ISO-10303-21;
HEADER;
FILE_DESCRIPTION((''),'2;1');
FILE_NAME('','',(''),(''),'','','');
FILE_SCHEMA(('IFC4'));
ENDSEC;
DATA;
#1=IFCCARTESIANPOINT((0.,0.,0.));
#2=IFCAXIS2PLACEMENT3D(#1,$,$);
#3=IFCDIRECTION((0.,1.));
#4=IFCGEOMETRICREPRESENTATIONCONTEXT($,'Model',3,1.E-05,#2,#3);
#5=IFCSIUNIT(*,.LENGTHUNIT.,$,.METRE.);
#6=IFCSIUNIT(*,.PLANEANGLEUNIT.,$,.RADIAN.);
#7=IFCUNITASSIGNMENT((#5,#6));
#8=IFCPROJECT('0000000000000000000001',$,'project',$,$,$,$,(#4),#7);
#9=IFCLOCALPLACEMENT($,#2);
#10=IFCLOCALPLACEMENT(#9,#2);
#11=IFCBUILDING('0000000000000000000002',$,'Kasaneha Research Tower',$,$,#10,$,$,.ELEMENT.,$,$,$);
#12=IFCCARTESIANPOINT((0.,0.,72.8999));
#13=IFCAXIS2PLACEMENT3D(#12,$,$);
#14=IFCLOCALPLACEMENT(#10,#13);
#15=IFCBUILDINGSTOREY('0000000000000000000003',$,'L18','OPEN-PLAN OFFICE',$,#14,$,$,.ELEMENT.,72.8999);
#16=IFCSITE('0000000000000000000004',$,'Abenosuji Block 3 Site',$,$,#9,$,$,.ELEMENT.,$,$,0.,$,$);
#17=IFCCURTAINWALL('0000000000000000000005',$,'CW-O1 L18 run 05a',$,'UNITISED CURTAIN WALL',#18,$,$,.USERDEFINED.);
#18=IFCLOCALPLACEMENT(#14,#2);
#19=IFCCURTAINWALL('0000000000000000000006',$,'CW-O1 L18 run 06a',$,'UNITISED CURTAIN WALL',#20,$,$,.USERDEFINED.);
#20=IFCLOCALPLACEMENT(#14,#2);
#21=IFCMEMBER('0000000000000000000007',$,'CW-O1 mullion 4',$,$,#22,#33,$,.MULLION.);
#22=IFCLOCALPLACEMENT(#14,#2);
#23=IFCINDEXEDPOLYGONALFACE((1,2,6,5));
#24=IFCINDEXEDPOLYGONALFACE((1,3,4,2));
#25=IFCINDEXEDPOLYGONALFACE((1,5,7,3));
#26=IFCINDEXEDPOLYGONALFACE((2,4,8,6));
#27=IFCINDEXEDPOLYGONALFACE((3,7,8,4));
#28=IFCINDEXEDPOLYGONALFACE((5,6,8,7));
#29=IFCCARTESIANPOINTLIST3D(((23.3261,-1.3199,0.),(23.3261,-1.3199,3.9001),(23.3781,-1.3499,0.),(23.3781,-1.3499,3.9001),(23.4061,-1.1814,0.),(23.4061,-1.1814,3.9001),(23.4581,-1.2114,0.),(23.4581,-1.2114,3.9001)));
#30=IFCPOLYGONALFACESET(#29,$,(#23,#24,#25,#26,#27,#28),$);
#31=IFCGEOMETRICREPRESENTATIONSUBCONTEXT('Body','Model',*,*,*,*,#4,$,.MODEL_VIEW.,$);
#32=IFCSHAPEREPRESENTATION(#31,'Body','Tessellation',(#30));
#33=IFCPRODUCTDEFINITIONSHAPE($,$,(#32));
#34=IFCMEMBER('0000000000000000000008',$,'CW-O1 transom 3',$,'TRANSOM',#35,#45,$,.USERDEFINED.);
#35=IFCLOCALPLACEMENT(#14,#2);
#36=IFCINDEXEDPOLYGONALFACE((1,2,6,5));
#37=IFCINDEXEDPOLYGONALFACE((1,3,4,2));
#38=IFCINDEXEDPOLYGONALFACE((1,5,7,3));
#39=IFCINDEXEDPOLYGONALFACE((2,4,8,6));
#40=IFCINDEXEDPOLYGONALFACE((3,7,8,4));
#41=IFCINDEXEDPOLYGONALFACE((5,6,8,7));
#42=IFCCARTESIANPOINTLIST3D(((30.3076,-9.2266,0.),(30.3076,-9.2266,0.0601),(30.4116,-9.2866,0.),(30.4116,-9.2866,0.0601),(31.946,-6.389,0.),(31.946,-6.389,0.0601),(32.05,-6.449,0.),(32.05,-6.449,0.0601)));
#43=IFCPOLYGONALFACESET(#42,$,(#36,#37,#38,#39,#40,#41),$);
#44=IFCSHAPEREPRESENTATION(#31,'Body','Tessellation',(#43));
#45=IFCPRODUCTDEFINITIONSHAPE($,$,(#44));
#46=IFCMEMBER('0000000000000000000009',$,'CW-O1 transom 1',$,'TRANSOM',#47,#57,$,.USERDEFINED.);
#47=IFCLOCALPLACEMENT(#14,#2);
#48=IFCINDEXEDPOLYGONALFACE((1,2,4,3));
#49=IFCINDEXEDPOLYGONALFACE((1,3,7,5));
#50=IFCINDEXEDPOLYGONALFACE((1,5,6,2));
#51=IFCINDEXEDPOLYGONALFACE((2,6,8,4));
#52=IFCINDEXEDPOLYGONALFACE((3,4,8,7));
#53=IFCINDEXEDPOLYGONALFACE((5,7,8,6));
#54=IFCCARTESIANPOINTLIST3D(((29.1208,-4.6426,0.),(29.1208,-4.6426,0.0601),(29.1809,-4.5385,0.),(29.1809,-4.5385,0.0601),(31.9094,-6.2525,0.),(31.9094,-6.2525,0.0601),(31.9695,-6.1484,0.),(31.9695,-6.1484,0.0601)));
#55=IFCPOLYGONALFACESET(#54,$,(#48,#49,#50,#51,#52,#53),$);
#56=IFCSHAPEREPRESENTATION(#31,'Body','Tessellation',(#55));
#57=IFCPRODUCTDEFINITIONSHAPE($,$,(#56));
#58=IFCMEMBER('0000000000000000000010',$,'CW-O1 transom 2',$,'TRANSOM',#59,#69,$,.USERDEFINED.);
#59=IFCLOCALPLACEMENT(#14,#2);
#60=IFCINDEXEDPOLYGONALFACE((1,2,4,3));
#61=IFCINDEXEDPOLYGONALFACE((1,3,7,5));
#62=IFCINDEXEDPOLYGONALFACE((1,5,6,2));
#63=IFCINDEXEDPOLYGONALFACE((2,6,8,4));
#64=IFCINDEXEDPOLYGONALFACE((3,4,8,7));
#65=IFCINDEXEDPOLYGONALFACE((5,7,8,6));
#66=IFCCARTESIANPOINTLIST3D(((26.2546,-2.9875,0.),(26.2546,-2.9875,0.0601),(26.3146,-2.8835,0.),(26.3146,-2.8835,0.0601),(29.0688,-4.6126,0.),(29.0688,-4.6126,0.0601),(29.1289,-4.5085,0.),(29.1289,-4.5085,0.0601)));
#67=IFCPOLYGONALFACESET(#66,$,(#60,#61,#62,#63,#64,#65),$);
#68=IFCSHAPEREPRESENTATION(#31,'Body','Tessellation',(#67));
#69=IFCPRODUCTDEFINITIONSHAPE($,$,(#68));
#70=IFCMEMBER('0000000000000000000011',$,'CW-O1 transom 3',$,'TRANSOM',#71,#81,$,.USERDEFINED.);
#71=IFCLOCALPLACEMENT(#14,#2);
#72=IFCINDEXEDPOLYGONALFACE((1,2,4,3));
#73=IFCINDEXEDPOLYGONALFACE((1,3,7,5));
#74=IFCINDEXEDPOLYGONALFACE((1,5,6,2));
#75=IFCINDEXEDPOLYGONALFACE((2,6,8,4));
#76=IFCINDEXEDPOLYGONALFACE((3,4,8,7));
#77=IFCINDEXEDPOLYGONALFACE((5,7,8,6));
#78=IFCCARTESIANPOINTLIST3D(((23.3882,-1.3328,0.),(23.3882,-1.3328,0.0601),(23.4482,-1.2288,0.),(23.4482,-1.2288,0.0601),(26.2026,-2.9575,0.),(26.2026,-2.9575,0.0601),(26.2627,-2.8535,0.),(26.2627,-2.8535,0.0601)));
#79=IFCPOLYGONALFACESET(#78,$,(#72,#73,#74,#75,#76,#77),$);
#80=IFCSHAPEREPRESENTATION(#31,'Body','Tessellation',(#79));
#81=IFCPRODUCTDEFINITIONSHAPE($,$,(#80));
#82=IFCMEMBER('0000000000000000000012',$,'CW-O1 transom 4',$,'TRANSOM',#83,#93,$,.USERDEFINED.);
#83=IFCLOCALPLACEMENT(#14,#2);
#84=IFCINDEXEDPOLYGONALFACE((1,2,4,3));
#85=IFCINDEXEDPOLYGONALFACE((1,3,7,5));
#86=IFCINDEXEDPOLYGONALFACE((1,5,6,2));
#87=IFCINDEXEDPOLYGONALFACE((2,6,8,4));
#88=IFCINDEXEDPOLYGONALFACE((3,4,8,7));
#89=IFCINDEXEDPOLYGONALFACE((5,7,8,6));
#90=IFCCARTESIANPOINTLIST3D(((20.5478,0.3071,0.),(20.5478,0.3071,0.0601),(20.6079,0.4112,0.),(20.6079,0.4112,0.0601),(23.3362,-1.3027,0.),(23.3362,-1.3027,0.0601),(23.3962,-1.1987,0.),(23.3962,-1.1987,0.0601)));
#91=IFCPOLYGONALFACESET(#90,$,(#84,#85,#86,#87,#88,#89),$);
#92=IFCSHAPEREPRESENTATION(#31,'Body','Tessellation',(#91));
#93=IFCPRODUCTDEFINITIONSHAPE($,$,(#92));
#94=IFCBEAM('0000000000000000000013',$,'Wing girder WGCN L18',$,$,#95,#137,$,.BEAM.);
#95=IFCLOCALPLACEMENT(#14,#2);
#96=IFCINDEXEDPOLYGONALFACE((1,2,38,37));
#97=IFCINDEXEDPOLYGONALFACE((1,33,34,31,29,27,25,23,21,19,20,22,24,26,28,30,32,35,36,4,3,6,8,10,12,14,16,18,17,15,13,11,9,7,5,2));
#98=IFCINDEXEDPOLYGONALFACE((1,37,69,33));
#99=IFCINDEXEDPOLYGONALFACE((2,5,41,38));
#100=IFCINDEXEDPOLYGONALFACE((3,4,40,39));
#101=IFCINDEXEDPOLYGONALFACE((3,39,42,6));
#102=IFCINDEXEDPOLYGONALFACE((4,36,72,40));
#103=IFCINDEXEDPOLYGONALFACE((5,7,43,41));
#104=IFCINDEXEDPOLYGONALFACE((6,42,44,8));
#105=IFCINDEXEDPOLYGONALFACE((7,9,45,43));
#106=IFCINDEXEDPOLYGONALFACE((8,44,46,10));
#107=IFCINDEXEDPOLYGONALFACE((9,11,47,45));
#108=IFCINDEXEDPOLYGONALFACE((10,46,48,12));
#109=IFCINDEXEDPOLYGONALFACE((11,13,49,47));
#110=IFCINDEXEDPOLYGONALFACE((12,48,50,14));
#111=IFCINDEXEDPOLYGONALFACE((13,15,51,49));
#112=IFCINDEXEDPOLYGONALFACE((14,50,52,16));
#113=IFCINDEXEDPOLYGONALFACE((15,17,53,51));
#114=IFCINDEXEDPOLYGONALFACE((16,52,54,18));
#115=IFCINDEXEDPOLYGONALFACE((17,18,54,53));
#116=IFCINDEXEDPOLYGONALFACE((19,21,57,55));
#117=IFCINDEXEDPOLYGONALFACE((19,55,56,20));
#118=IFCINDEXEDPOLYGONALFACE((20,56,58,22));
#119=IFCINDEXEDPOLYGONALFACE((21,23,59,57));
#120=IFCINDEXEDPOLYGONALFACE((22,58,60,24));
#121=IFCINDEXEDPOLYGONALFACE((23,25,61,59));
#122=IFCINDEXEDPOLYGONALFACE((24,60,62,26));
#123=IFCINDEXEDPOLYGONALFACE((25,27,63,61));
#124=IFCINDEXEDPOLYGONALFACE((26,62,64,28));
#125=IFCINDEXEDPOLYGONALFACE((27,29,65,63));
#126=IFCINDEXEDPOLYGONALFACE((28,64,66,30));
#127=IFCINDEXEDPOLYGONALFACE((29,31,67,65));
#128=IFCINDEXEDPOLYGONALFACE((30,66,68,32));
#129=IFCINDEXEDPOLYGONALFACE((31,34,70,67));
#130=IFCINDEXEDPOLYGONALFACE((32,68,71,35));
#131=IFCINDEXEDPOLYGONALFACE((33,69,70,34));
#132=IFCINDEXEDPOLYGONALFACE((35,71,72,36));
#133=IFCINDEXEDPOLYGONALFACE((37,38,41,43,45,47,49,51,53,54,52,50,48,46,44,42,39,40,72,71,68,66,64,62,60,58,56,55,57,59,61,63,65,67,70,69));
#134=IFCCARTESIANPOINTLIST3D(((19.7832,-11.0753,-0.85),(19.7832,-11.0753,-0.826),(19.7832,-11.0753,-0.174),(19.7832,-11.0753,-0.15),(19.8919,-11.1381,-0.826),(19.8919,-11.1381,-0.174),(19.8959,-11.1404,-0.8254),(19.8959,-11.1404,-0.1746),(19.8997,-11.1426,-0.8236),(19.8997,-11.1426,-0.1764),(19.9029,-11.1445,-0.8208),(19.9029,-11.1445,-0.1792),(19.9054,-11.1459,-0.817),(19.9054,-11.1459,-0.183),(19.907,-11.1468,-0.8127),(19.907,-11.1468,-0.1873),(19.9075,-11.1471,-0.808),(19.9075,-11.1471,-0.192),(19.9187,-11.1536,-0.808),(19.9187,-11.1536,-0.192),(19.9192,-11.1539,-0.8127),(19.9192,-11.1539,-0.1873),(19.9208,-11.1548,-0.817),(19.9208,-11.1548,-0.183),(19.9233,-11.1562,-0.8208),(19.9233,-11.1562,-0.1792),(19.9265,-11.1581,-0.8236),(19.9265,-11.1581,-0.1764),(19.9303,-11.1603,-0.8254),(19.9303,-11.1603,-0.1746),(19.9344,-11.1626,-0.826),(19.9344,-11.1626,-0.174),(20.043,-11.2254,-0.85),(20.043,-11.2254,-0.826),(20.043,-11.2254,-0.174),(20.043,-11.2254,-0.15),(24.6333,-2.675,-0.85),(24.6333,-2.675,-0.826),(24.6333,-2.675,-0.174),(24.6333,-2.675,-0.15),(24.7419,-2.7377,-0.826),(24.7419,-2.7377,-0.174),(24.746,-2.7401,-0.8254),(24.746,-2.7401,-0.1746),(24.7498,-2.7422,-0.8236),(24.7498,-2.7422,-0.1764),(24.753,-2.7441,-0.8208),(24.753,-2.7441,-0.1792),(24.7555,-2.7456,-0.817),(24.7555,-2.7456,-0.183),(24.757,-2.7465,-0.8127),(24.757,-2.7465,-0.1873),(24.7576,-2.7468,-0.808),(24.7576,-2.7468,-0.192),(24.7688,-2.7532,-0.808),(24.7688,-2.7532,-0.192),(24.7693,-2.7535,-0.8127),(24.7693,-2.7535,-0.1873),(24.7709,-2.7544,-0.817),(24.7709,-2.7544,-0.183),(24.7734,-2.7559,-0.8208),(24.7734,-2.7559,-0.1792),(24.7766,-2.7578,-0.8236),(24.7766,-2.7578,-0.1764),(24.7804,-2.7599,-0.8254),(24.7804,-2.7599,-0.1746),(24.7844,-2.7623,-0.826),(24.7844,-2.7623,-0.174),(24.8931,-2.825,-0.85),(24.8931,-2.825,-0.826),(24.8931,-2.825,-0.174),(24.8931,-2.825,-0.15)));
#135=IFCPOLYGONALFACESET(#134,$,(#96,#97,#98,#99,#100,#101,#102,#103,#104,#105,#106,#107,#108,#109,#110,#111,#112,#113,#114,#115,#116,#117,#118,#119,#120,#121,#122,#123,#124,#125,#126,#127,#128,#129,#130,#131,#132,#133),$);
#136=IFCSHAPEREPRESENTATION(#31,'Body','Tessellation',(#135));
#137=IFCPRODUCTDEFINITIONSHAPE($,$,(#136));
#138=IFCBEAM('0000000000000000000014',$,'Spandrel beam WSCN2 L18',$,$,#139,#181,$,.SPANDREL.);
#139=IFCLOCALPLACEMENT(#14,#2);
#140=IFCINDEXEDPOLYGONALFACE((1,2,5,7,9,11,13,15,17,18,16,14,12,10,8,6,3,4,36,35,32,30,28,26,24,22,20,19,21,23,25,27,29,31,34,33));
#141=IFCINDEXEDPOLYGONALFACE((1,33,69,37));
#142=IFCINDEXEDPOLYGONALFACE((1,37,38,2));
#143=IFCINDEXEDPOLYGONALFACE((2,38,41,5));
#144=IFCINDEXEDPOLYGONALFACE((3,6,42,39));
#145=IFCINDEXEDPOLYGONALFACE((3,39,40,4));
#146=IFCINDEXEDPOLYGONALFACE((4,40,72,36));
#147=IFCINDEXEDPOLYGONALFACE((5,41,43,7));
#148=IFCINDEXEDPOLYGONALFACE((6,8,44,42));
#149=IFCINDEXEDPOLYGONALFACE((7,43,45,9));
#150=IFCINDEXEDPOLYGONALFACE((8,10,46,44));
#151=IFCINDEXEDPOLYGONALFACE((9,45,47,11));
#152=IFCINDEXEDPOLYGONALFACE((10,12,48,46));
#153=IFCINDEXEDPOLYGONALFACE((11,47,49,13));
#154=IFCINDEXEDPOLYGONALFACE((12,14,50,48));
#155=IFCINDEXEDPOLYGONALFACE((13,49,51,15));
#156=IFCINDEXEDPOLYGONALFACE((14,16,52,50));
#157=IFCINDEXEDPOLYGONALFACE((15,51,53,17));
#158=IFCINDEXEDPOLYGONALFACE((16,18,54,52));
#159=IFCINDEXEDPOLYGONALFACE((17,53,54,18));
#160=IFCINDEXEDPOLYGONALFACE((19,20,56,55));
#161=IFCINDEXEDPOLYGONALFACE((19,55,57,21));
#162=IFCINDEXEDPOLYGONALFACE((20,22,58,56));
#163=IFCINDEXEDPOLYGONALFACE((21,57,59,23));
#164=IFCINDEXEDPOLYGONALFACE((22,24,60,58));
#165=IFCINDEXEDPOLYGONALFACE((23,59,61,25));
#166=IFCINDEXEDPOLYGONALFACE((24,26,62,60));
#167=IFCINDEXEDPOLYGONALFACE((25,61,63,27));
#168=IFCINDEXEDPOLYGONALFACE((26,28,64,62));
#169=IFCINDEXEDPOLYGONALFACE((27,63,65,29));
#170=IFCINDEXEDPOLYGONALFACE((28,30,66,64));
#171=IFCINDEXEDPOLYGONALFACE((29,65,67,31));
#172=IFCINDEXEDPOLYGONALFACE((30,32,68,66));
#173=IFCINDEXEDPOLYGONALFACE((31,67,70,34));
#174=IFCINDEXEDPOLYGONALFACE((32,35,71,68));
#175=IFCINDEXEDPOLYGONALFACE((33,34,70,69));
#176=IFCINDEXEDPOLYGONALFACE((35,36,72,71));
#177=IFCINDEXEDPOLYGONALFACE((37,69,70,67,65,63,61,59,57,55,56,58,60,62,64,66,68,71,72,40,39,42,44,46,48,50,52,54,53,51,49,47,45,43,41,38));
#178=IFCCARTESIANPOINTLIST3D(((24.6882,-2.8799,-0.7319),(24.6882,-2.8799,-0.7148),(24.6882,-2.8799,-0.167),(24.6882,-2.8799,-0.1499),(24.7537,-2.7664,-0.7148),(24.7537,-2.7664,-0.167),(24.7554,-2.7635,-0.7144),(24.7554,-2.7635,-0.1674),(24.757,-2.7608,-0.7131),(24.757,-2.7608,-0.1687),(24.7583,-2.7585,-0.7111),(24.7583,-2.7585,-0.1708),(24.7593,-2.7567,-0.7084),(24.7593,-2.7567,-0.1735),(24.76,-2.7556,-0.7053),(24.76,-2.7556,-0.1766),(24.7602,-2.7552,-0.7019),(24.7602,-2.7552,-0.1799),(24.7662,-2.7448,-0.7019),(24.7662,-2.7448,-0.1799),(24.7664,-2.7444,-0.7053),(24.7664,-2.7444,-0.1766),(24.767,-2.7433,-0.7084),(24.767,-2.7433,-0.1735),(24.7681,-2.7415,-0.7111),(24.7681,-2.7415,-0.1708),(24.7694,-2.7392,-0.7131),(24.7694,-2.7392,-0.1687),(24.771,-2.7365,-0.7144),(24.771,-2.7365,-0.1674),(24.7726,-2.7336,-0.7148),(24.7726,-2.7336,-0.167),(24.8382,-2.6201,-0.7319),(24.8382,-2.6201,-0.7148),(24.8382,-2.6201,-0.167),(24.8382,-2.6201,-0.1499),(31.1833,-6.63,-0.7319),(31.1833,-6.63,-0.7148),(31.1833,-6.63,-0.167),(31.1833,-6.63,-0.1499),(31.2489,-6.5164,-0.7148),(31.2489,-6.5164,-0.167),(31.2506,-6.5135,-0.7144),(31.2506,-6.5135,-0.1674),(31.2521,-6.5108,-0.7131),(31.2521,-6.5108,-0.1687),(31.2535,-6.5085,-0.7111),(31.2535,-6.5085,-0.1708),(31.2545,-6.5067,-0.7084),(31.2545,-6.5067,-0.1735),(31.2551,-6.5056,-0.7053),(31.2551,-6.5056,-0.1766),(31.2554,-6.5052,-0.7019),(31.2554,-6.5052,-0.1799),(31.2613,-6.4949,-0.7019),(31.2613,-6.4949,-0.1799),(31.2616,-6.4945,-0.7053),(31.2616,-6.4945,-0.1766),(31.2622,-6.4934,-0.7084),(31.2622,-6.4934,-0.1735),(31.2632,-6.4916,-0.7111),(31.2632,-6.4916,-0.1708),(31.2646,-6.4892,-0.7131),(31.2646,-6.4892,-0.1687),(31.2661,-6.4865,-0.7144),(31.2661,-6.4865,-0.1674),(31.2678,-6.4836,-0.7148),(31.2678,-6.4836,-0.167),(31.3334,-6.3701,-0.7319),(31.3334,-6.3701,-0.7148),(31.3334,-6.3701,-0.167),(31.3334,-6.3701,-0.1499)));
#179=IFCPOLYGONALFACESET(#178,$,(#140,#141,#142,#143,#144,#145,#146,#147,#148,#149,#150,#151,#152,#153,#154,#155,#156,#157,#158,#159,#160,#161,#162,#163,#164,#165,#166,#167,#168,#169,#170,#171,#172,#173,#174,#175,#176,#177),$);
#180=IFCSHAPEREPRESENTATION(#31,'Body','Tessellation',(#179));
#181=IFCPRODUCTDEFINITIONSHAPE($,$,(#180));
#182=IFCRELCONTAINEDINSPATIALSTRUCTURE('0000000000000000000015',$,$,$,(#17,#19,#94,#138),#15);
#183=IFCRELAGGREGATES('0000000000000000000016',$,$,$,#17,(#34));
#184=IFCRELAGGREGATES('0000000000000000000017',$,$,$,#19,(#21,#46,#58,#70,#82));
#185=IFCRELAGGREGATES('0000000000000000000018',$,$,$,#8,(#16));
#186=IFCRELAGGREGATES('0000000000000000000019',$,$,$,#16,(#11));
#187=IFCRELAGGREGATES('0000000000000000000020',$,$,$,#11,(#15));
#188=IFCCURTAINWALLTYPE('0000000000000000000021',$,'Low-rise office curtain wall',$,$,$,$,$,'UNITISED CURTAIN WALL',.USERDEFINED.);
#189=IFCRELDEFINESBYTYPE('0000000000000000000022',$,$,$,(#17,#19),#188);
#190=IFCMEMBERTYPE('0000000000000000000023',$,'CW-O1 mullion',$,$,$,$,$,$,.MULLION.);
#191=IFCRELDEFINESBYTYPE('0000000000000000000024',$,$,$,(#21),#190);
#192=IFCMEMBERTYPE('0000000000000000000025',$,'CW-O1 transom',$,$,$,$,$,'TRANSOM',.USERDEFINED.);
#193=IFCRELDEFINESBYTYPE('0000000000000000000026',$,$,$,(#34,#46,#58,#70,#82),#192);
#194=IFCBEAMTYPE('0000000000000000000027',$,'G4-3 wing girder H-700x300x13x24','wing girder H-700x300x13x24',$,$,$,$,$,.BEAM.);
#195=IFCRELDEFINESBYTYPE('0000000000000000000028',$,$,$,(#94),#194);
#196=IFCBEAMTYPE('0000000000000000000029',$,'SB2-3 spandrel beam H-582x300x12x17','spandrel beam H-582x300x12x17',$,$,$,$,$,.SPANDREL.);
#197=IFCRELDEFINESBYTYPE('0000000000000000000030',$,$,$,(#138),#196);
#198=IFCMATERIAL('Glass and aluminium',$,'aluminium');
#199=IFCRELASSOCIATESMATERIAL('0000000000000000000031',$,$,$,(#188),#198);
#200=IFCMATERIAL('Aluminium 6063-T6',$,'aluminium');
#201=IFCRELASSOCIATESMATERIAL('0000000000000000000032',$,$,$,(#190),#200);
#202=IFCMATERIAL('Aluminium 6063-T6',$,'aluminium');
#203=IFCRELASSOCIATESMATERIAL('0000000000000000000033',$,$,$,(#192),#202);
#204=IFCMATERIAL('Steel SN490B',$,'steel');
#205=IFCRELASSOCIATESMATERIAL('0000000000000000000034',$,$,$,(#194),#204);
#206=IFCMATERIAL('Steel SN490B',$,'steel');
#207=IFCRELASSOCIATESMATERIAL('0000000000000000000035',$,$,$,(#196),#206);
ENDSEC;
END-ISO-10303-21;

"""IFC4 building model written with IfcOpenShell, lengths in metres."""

from ifc_helpers import new_model, si_unit, direction, frame, origin, origin_2d, place, context, subcontext, project, spatial, rectangle, i_section, extrude, material, material_profile, profile_set, type_object, element, aggregate, save


model = new_model("IFC4")

# Units and contexts
model_context = context("Model", 3, precision=1e-05, world=origin(), true_north=direction((0.0, 1.0)))
body_context = subcontext(model_context, "Body", "Model", "MODEL_VIEW")
ifc_project = project(units=[si_unit("LENGTHUNIT", "METRE"), si_unit("PLANEANGLEUNIT", "RADIAN")], contexts=[model_context])

# Site, building, storey
site_placement = place(None, origin())
site = spatial("IfcSite", under=ifc_project, at=site_placement, Name="Abenosuji Block 3 Site", CompositionType="ELEMENT", RefElevation=0.0)
building_placement = place(site_placement, origin())
building = spatial("IfcBuilding", under=site, at=building_placement, Name="Kasaneha Research Tower", CompositionType="ELEMENT")
storey_placement = place(building_placement, frame((0.0, 0.0, 72.8999)))
storey = spatial("IfcBuildingStorey", under=building, at=storey_placement, Name="L18", Description="OPEN-PLAN OFFICE", CompositionType="ELEMENT", Elevation=72.8999)

# Curtain walls, member
ifc_material_1 = material(Name="Glass and aluminium", Category="aluminium")
curtain_wall_type = type_object("IfcCurtainWallType", Name="Low-rise office curtain wall", ElementType="UNITISED CURTAIN WALL", PredefinedType="USERDEFINED", material=ifc_material_1)
curtain_wall_1_placement = place(storey_placement, origin())
curtain_wall_1 = element("IfcCurtainWall", 1, at=curtain_wall_1_placement, inside=storey, type_object=curtain_wall_type, Name="CW-O1 L18 run 05a", ObjectType="UNITISED CURTAIN WALL", PredefinedType="USERDEFINED")
ifc_material_2 = material(Name="Aluminium 6063-T6", Category="aluminium")
ifc_material_profile_1 = material_profile(ifc_material_2, rectangle(XDim=0.0601, YDim=0.1599, at=origin_2d()), Name="CW-O1 mullion 60x160")
ifc_profile_set_1 = profile_set([ifc_material_profile_1], Name="Aluminium 6063-T6")
member_type_1 = type_object("IfcMemberType", Name="CW-O1 mullion", PredefinedType="MULLION", material=ifc_profile_set_1)
curtain_wall_2_placement = place(storey_placement, origin())
curtain_wall_2 = element("IfcCurtainWall", 2, at=curtain_wall_2_placement, inside=storey, type_object=curtain_wall_type, Name="CW-O1 L18 run 06a", ObjectType="UNITISED CURTAIN WALL", PredefinedType="USERDEFINED")
member_1_placement = place(storey_placement, frame((23.3921, -1.2656, 0.0), z_axis=(0.0, 0.0, 1.0), x_axis=(-0.866025, 0.5, 0.0)))
member_1 = element("IfcMember", 3, at=member_1_placement, type_object=member_type_1, Name="CW-O1 mullion 4", PredefinedType="MULLION", context=body_context, shape_type="SweptSolid", body=[
    extrude(rectangle(XDim=0.0601, YDim=0.1599, at=origin_2d()), origin(), (0.0, 0.0, 1.0), 3.9001),
])

# Members
ifc_material_3 = material(Name="Aluminium 6063-T6", Category="aluminium")
ifc_material_profile_2 = material_profile(ifc_material_3, rectangle(XDim=0.1201, YDim=0.0601, at=origin_2d()), Name="CW-O1 transom 120x60")
ifc_profile_set_2 = profile_set([ifc_material_profile_2], Name="Aluminium 6063-T6")
member_type_2 = type_object("IfcMemberType", Name="CW-O1 transom", ElementType="TRANSOM", PredefinedType="USERDEFINED", material=ifc_profile_set_2)
member_2_placement = place(storey_placement, frame((30.3596, -9.2566, 0.03), z_axis=(0.500026, 0.866011, 0.0), x_axis=(-0.866011, 0.500026, 0.0)))
member_2 = element("IfcMember", 4, at=member_2_placement, type_object=member_type_2, Name="CW-O1 transom 3", ObjectType="TRANSOM", PredefinedType="USERDEFINED", context=body_context, shape_type="SweptSolid", body=[
    extrude(rectangle(XDim=0.1201, YDim=0.0601, at=origin_2d()), origin(), (0.0, 0.0, 1.0), 3.2766),
])
member_3_placement = place(storey_placement, frame((31.9395, -6.2004, 0.03), z_axis=(-0.866042, 0.499972, 0.0), x_axis=(-0.499972, -0.866042, 0.0)))
member_3 = element("IfcMember", 5, at=member_3_placement, type_object=member_type_2, Name="CW-O1 transom 1", ObjectType="TRANSOM", PredefinedType="USERDEFINED", context=body_context, shape_type="SweptSolid", body=[
    extrude(rectangle(XDim=0.1201, YDim=0.0601, at=origin_2d()), origin(), (0.0, 0.0, 1.0), 3.22),
])
member_4_placement = place(storey_placement, frame((29.0989, -4.5605, 0.03), z_axis=(-0.865997, 0.50005, 0.0), x_axis=(-0.50005, -0.865997, 0.0)))
member_4 = element("IfcMember", 6, at=member_4_placement, type_object=member_type_2, Name="CW-O1 transom 2", ObjectType="TRANSOM", PredefinedType="USERDEFINED", context=body_context, shape_type="SweptSolid", body=[
    extrude(rectangle(XDim=0.1201, YDim=0.0601, at=origin_2d()), origin(), (0.0, 0.0, 1.0), 3.2498),
])
member_5_placement = place(storey_placement, frame((26.2327, -2.9055, 0.03), z_axis=(-0.866048, 0.499961, 0.0), x_axis=(-0.499961, -0.866048, 0.0)))
member_5 = element("IfcMember", 7, at=member_5_placement, type_object=member_type_2, Name="CW-O1 transom 3", ObjectType="TRANSOM", PredefinedType="USERDEFINED", context=body_context, shape_type="SweptSolid", body=[
    extrude(rectangle(XDim=0.1201, YDim=0.0601, at=origin_2d()), origin(), (0.0, 0.0, 1.0), 3.2498),
])
member_6_placement = place(storey_placement, frame((23.3662, -1.2507, 0.03), z_axis=(-0.866023, 0.500005, 0.0), x_axis=(-0.500005, -0.866023, 0.0)))
member_6 = element("IfcMember", 8, at=member_6_placement, type_object=member_type_2, Name="CW-O1 transom 4", ObjectType="TRANSOM", PredefinedType="USERDEFINED", context=body_context, shape_type="SweptSolid", body=[
    extrude(rectangle(XDim=0.1201, YDim=0.0601, at=origin_2d()), origin(), (0.0, 0.0, 1.0), 3.2197),
])

# Beams
ifc_material_4 = material(Name="Steel SN490B", Category="steel")
ifc_material_profile_3 = material_profile(ifc_material_4, i_section(OverallWidth=0.3, OverallDepth=0.7, WebThickness=0.0129, FlangeThickness=0.0239, FilletRadius=0.0181, at=origin_2d()), Name="H-700x300x13x24")
ifc_profile_set_3 = profile_set([ifc_material_profile_3], Name="Steel SN490B")
beam_type_1 = type_object("IfcBeamType", Name="G4-3 wing girder H-700x300x13x24", Description="wing girder H-700x300x13x24", PredefinedType="BEAM", material=ifc_profile_set_3)
beam_1_placement = place(storey_placement, frame((24.7632, -2.75, -0.5), z_axis=(-0.50001, -0.86602, 0.0), x_axis=(0.86602, -0.50001, 0.0)))
element("IfcBeam", 9, at=beam_1_placement, inside=storey, type_object=beam_type_1, Name="Wing girder WGCN L18", PredefinedType="BEAM", context=body_context, shape_type="SweptSolid", body=[
    extrude(i_section(OverallWidth=0.3, OverallDepth=0.7, WebThickness=0.0129, FlangeThickness=0.0239, FilletRadius=0.0181, at=origin_2d()), origin(), (0.0, 0.0, 1.0), 9.7),
])
ifc_material_5 = material(Name="Steel SN490B", Category="steel")
ifc_material_profile_4 = material_profile(ifc_material_5, i_section(OverallWidth=0.3, OverallDepth=0.582, WebThickness=0.012, FlangeThickness=0.0171, FilletRadius=0.0129, at=origin_2d()), Name="H-582x300x12x17")
ifc_profile_set_4 = profile_set([ifc_material_profile_4], Name="Steel SN490B")
beam_type_2 = type_object("IfcBeamType", Name="SB2-3 spandrel beam H-582x300x12x17", Description="spandrel beam H-582x300x12x17", PredefinedType="SPANDREL", material=ifc_profile_set_4)
beam_2_placement = place(storey_placement, frame((24.7632, -2.75, -0.4409), z_axis=(0.866023, -0.500004, 0.0), x_axis=(0.500004, 0.866023, 0.0)))
element("IfcBeam", 10, at=beam_2_placement, inside=storey, type_object=beam_type_2, Name="Spandrel beam WSCN2 L18", PredefinedType="SPANDREL", context=body_context, shape_type="SweptSolid", body=[
    extrude(i_section(OverallWidth=0.3, OverallDepth=0.582, WebThickness=0.012, FlangeThickness=0.0171, FilletRadius=0.0129, at=origin_2d()), origin(), (0.0, 0.0, 1.0), 7.5),
])

aggregate(curtain_wall_1, [member_2])
aggregate(curtain_wall_2, [member_1, member_3, member_4, member_5, member_6])

save(model, "model.ifc")
